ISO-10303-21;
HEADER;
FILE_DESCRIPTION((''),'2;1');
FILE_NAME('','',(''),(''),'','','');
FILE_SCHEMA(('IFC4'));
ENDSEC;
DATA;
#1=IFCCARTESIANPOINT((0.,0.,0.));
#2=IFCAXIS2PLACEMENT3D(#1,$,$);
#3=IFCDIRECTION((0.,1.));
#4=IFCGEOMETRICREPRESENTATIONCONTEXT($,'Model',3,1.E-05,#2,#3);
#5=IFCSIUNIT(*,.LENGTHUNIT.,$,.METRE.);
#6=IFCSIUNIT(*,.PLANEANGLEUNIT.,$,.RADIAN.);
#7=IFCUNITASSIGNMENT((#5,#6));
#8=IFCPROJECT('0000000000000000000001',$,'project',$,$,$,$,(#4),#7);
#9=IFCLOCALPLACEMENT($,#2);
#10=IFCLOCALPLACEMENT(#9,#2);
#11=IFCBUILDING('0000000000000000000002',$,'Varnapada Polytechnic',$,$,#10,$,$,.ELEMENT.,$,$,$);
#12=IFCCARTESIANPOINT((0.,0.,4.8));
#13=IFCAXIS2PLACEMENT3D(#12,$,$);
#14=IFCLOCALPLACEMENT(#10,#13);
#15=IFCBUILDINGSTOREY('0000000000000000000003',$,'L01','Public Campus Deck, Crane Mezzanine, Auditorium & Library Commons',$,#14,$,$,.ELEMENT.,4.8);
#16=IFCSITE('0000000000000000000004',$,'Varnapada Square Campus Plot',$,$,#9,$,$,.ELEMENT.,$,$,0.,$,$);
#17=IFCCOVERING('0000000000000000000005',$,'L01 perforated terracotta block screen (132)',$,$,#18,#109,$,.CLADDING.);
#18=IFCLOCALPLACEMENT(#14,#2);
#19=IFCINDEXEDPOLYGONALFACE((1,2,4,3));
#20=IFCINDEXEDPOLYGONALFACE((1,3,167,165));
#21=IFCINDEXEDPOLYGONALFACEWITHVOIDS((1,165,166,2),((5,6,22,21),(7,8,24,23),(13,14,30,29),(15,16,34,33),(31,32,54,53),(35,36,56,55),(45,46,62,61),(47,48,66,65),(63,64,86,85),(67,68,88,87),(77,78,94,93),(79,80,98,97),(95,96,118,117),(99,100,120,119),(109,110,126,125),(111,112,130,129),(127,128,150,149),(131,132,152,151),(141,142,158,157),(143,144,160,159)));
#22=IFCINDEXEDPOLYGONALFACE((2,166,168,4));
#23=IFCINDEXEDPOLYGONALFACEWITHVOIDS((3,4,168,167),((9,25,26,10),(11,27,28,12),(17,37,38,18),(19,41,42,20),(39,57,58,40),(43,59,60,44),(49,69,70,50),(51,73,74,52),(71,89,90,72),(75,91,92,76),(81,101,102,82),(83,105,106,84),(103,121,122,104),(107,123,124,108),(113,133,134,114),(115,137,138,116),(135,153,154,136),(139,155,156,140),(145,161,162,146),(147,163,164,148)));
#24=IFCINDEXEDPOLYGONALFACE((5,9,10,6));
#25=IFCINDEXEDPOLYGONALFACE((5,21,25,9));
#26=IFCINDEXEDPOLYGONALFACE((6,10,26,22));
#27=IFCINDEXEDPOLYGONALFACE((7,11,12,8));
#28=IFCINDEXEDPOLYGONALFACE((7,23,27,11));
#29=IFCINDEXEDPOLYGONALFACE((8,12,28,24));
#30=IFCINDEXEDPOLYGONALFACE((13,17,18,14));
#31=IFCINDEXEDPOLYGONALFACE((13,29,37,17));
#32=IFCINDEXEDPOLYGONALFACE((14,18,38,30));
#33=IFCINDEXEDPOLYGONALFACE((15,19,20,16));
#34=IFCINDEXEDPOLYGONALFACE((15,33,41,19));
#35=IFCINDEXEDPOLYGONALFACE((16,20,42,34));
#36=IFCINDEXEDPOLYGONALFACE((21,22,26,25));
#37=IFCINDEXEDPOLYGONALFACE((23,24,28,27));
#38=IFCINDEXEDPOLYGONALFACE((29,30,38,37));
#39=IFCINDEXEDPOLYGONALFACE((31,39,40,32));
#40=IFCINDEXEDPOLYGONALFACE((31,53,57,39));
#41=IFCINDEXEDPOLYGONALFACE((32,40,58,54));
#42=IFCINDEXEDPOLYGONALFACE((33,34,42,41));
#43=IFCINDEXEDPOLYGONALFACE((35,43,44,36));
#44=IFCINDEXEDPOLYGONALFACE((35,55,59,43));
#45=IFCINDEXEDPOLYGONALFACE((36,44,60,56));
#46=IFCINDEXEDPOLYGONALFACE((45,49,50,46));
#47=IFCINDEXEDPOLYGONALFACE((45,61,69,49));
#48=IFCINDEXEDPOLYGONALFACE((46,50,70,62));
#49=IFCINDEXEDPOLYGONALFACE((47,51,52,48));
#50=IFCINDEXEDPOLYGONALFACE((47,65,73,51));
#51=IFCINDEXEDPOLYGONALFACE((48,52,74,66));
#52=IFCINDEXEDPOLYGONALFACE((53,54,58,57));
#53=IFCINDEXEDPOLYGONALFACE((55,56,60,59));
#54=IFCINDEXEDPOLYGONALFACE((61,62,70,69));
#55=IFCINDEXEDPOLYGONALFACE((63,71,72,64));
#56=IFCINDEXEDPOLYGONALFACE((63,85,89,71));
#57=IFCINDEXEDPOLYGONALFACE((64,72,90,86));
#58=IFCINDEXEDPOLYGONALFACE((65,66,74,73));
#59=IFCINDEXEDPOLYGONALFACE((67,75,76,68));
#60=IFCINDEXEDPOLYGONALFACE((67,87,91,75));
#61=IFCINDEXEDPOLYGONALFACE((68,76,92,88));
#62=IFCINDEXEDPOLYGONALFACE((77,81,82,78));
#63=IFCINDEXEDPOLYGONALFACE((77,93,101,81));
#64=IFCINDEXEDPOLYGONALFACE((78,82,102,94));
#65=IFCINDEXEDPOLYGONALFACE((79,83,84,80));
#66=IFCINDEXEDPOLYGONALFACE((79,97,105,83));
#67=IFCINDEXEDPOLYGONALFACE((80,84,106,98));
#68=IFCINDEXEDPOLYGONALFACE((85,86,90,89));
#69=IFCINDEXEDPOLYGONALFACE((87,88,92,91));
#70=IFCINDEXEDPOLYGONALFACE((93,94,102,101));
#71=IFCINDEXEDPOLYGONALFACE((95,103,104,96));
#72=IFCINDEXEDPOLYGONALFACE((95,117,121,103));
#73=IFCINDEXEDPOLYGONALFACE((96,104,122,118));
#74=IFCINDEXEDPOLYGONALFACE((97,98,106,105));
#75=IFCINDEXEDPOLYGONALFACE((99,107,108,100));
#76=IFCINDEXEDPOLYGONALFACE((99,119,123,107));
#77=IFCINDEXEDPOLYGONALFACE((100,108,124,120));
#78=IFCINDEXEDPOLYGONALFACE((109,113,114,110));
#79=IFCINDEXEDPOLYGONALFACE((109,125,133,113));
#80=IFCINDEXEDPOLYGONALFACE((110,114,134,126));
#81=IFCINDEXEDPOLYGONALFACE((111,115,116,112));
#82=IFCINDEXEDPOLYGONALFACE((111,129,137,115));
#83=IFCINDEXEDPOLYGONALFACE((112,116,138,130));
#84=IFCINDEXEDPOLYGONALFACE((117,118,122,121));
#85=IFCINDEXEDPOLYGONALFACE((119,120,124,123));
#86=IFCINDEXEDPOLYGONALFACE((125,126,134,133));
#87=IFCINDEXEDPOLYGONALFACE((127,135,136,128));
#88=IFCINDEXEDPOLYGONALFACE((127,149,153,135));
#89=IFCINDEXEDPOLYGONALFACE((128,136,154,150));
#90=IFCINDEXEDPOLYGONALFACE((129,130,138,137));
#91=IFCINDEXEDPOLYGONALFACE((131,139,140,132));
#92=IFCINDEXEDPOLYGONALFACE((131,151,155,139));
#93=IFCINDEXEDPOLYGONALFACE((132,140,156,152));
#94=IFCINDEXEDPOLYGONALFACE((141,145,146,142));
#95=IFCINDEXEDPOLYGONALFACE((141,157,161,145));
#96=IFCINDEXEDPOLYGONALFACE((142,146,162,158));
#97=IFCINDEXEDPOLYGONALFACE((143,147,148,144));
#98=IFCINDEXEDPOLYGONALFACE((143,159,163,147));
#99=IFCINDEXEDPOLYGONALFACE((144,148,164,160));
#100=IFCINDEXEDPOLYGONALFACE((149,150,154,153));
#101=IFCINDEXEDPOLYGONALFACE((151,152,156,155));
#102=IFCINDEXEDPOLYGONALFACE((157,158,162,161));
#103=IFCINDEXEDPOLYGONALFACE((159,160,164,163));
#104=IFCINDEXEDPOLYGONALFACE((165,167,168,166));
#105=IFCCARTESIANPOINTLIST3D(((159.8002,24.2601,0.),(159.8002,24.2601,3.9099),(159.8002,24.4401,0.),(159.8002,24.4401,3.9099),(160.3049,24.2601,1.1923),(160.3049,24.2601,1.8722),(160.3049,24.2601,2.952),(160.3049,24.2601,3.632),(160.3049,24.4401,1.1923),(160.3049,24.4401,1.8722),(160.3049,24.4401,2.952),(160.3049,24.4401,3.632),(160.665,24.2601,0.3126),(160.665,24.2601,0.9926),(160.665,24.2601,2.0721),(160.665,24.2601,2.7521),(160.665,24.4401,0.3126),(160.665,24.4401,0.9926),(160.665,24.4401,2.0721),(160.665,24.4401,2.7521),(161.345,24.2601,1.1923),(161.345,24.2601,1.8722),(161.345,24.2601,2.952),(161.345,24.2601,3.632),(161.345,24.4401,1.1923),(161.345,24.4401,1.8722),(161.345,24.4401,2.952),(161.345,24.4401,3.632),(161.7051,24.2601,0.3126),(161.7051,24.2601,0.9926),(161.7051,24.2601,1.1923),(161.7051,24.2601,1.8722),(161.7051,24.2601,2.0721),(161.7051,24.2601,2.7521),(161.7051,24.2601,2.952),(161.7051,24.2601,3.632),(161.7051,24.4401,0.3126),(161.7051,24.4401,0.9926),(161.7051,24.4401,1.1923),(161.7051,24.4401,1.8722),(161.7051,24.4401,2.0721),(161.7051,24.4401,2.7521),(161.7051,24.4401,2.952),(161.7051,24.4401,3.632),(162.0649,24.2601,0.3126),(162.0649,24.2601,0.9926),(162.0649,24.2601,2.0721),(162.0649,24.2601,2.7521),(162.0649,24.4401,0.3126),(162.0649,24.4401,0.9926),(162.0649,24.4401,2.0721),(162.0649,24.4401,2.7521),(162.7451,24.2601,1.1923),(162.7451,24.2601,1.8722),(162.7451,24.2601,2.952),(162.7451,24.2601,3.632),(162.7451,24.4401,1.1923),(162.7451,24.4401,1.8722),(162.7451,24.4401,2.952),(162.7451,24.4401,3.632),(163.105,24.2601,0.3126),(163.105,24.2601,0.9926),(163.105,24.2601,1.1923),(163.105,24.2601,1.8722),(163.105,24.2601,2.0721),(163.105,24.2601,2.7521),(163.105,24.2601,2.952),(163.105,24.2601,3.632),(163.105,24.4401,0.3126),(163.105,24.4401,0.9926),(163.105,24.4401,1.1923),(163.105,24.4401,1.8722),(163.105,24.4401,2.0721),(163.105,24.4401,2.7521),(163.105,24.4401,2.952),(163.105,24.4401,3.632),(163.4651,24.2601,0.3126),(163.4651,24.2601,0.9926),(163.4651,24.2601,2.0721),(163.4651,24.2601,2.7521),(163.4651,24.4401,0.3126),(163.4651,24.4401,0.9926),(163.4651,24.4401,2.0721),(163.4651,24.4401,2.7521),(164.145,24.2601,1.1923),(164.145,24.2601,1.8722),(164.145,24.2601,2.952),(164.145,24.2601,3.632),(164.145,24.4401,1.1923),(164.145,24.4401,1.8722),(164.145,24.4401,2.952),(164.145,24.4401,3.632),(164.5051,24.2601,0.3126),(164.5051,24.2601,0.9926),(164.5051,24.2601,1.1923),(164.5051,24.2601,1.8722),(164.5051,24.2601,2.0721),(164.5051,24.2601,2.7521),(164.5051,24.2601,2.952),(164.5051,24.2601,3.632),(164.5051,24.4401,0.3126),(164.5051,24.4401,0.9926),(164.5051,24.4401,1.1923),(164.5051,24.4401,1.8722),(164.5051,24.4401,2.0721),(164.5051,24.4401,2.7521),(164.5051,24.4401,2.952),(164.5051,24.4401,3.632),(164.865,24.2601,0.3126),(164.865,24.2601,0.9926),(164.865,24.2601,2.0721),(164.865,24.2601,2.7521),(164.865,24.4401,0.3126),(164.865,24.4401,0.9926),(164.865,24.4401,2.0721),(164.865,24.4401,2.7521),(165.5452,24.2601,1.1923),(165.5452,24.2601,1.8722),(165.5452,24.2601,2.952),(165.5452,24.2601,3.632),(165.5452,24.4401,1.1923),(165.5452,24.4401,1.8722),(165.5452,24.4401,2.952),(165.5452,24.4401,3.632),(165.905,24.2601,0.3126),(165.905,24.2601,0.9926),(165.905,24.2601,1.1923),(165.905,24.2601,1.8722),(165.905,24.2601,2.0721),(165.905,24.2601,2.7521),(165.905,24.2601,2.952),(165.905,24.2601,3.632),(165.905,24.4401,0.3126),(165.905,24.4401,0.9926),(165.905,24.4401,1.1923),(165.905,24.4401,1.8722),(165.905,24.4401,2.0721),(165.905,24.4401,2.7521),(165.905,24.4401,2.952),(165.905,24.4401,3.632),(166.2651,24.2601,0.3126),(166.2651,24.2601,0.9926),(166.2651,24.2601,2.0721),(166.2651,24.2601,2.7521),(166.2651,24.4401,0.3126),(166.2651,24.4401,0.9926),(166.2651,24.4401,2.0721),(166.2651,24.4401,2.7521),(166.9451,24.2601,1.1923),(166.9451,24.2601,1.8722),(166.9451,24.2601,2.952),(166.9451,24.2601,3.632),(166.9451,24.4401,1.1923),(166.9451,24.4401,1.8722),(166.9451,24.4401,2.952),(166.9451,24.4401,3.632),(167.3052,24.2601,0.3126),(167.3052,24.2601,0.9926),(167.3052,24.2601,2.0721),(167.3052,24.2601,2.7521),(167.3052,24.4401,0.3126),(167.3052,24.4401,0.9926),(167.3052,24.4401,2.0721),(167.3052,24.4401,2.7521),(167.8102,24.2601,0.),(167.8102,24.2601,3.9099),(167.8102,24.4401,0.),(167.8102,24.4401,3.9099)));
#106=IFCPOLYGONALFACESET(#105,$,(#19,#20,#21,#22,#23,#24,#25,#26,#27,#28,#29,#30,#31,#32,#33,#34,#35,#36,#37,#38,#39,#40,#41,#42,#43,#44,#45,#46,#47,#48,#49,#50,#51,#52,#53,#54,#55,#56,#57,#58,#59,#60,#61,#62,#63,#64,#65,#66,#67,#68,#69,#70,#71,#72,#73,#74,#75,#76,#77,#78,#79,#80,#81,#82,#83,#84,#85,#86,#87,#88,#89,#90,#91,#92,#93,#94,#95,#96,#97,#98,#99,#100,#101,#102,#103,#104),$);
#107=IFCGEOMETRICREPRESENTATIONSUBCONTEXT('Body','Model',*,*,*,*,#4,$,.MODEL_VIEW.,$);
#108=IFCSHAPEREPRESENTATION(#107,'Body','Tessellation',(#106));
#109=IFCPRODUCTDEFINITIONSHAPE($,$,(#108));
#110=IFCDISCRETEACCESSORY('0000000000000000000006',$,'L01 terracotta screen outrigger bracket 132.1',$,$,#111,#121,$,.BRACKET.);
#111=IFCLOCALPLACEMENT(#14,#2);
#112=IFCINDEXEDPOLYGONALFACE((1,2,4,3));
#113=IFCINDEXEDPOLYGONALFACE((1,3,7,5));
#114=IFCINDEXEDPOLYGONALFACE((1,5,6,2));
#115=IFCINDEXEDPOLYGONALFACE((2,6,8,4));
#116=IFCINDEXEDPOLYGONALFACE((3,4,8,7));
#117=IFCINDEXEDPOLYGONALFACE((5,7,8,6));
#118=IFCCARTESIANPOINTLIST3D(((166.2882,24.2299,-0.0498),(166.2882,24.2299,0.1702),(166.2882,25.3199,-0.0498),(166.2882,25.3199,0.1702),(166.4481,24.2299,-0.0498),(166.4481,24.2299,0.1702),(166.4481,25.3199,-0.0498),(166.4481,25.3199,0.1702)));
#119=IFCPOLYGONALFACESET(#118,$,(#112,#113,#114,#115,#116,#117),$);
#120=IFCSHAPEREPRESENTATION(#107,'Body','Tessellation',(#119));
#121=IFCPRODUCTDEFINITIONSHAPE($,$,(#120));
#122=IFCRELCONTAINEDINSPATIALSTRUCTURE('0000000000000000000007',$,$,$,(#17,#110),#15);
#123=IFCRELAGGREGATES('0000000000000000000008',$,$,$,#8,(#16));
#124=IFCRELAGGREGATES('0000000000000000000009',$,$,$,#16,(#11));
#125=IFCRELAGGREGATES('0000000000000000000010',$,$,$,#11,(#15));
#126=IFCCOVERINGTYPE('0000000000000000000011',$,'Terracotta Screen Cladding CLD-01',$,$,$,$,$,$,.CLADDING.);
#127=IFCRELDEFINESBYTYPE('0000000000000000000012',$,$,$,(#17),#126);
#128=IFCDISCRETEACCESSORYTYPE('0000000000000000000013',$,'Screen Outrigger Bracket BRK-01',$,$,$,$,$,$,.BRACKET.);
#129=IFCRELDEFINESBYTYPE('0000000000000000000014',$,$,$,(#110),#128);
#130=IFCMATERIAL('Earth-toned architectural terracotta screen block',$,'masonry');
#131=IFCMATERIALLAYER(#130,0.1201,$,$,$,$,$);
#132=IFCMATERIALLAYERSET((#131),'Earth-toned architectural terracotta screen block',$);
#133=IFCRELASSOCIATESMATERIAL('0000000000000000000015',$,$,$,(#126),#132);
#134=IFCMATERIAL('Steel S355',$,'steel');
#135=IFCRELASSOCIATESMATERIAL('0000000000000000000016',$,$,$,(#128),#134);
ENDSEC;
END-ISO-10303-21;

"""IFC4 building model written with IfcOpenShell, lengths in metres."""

from ifc_helpers import new_model, si_unit, direction, frame, frame_2d, origin, origin_2d, place, context, subcontext, project, spatial, rectangle, extrude, material, layer, layer_set, type_object, element, save


model = new_model("IFC4")

# Units and contexts
model_context = context("Model", 3, precision=1e-05, world=origin(), true_north=direction((0.0, 1.0)))
body_context = subcontext(model_context, "Body", "Model", "MODEL_VIEW")
ifc_project = project(units=[si_unit("LENGTHUNIT", "METRE"), si_unit("PLANEANGLEUNIT", "RADIAN")], contexts=[model_context])

# Site, building, storey
site_placement = place(None, origin())
site = spatial("IfcSite", under=ifc_project, at=site_placement, Name="Varnapada Square Campus Plot", CompositionType="ELEMENT", RefElevation=0.0)
building_placement = place(site_placement, origin())
building = spatial("IfcBuilding", under=site, at=building_placement, Name="Varnapada Polytechnic", CompositionType="ELEMENT")
storey_placement = place(building_placement, frame((0.0, 0.0, 4.8)))
storey = spatial("IfcBuildingStorey", under=building, at=storey_placement, Name="L01", Description="Public Campus Deck, Crane Mezzanine, Auditorium & Library Commons", CompositionType="ELEMENT", Elevation=4.8)

# Covering, openings
ifc_material_1 = material(Name="Earth-toned architectural terracotta screen block", Category="masonry")
ifc_layer_1 = layer(ifc_material_1, 0.1201)
ifc_layer_set_1 = layer_set([ifc_layer_1], Name="Earth-toned architectural terracotta screen block")
covering_type = type_object("IfcCoveringType", Name="Terracotta Screen Cladding CLD-01", PredefinedType="CLADDING", material=ifc_layer_set_1)
covering_placement = place(storey_placement, frame((167.8101, 24.3501, 0.0), z_axis=(0.0, 0.0, 1.0), x_axis=(-1.0, 0.0, 0.0)))
covering = element("IfcCovering", 1, at=covering_placement, inside=storey, type_object=covering_type, Name="L01 perforated terracotta block screen (132)", PredefinedType="CLADDING", context=body_context, shape_type="SweptSolid", body=[
    extrude(rectangle(XDim=8.01, YDim=0.1799, at=frame_2d((4.0049, 0.0))), origin(), (0.0, 0.0, 1.0), 3.9099),
])
opening_1_placement = place(covering_placement, frame((0.5049, 0.0, 0.3127)))
element("IfcOpeningElement", 2, at=opening_1_placement, cuts=covering, PredefinedType="OPENING", context=body_context, shape_type="SweptSolid", body=[
    extrude(rectangle(XDim=1.04, YDim=0.6799, at=frame_2d((0.52, 0.3398))), frame((0.0, 0.0999, 0.0), z_axis=(0.0, -1.0, 0.0), x_axis=(1.0, 0.0, 0.0)), (0.0, 0.0, 1.0), 0.2),
])
opening_2_placement = place(covering_placement, frame((1.905, 0.0, 0.3127)))
element("IfcOpeningElement", 3, at=opening_2_placement, cuts=covering, PredefinedType="OPENING", context=body_context, shape_type="SweptSolid", body=[
    extrude(rectangle(XDim=1.04, YDim=0.6799, at=frame_2d((0.52, 0.3398))), frame((0.0, 0.0999, 0.0), z_axis=(0.0, -1.0, 0.0), x_axis=(1.0, 0.0, 0.0)), (0.0, 0.0, 1.0), 0.2),
])
opening_3_placement = place(covering_placement, frame((3.3049, 0.0, 0.3127)))
element("IfcOpeningElement", 4, at=opening_3_placement, cuts=covering, PredefinedType="OPENING", context=body_context, shape_type="SweptSolid", body=[
    extrude(rectangle(XDim=1.04, YDim=0.6799, at=frame_2d((0.52, 0.3398))), frame((0.0, 0.0999, 0.0), z_axis=(0.0, -1.0, 0.0), x_axis=(1.0, 0.0, 0.0)), (0.0, 0.0, 1.0), 0.2),
])
opening_4_placement = place(covering_placement, frame((4.7051, 0.0, 0.3127)))
element("IfcOpeningElement", 5, at=opening_4_placement, cuts=covering, PredefinedType="OPENING", context=body_context, shape_type="SweptSolid", body=[
    extrude(rectangle(XDim=1.04, YDim=0.6799, at=frame_2d((0.52, 0.3398))), frame((0.0, 0.0999, 0.0), z_axis=(0.0, -1.0, 0.0), x_axis=(1.0, 0.0, 0.0)), (0.0, 0.0, 1.0), 0.2),
])
opening_5_placement = place(covering_placement, frame((6.105, 0.0, 0.3127)))
element("IfcOpeningElement", 6, at=opening_5_placement, cuts=covering, PredefinedType="OPENING", context=body_context, shape_type="SweptSolid", body=[
    extrude(rectangle(XDim=1.04, YDim=0.6799, at=frame_2d((0.52, 0.3398))), frame((0.0, 0.0999, 0.0), z_axis=(0.0, -1.0, 0.0), x_axis=(1.0, 0.0, 0.0)), (0.0, 0.0, 1.0), 0.2),
])
opening_6_placement = place(covering_placement, frame((0.865, 0.0, 1.1924)))
element("IfcOpeningElement", 7, at=opening_6_placement, cuts=covering, PredefinedType="OPENING", context=body_context, shape_type="SweptSolid", body=[
    extrude(rectangle(XDim=1.04, YDim=0.6799, at=frame_2d((0.52, 0.3398))), frame((0.0, 0.0999, 0.0), z_axis=(0.0, -1.0, 0.0), x_axis=(1.0, 0.0, 0.0)), (0.0, 0.0, 1.0), 0.2),
])
opening_7_placement = place(covering_placement, frame((2.2649, 0.0, 1.1924)))
element("IfcOpeningElement", 8, at=opening_7_placement, cuts=covering, PredefinedType="OPENING", context=body_context, shape_type="SweptSolid", body=[
    extrude(rectangle(XDim=1.04, YDim=0.6799, at=frame_2d((0.52, 0.3398))), frame((0.0, 0.0999, 0.0), z_axis=(0.0, -1.0, 0.0), x_axis=(1.0, 0.0, 0.0)), (0.0, 0.0, 1.0), 0.2),
])
opening_8_placement = place(covering_placement, frame((3.665, 0.0, 1.1924)))
element("IfcOpeningElement", 9, at=opening_8_placement, cuts=covering, PredefinedType="OPENING", context=body_context, shape_type="SweptSolid", body=[
    extrude(rectangle(XDim=1.04, YDim=0.6799, at=frame_2d((0.52, 0.3398))), frame((0.0, 0.0999, 0.0), z_axis=(0.0, -1.0, 0.0), x_axis=(1.0, 0.0, 0.0)), (0.0, 0.0, 1.0), 0.2),
])
opening_9_placement = place(covering_placement, frame((5.0649, 0.0, 1.1924)))
element("IfcOpeningElement", 10, at=opening_9_placement, cuts=covering, PredefinedType="OPENING", context=body_context, shape_type="SweptSolid", body=[
    extrude(rectangle(XDim=1.04, YDim=0.6799, at=frame_2d((0.52, 0.3398))), frame((0.0, 0.0999, 0.0), z_axis=(0.0, -1.0, 0.0), x_axis=(1.0, 0.0, 0.0)), (0.0, 0.0, 1.0), 0.2),
])
opening_10_placement = place(covering_placement, frame((6.4651, 0.0, 1.1924)))
element("IfcOpeningElement", 11, at=opening_10_placement, cuts=covering, PredefinedType="OPENING", context=body_context, shape_type="SweptSolid", body=[
    extrude(rectangle(XDim=1.04, YDim=0.6799, at=frame_2d((0.52, 0.3398))), frame((0.0, 0.0999, 0.0), z_axis=(0.0, -1.0, 0.0), x_axis=(1.0, 0.0, 0.0)), (0.0, 0.0, 1.0), 0.2),
])
opening_11_placement = place(covering_placement, frame((0.5049, 0.0, 2.0723)))
element("IfcOpeningElement", 12, at=opening_11_placement, cuts=covering, PredefinedType="OPENING", context=body_context, shape_type="SweptSolid", body=[
    extrude(rectangle(XDim=1.04, YDim=0.6799, at=frame_2d((0.52, 0.3398))), frame((0.0, 0.0999, 0.0), z_axis=(0.0, -1.0, 0.0), x_axis=(1.0, 0.0, 0.0)), (0.0, 0.0, 1.0), 0.2),
])
opening_12_placement = place(covering_placement, frame((1.905, 0.0, 2.0723)))
element("IfcOpeningElement", 13, at=opening_12_placement, cuts=covering, PredefinedType="OPENING", context=body_context, shape_type="SweptSolid", body=[
    extrude(rectangle(XDim=1.04, YDim=0.6799, at=frame_2d((0.52, 0.3398))), frame((0.0, 0.0999, 0.0), z_axis=(0.0, -1.0, 0.0), x_axis=(1.0, 0.0, 0.0)), (0.0, 0.0, 1.0), 0.2),
])
opening_13_placement = place(covering_placement, frame((3.3049, 0.0, 2.0723)))
element("IfcOpeningElement", 14, at=opening_13_placement, cuts=covering, PredefinedType="OPENING", context=body_context, shape_type="SweptSolid", body=[
    extrude(rectangle(XDim=1.04, YDim=0.6799, at=frame_2d((0.52, 0.3398))), frame((0.0, 0.0999, 0.0), z_axis=(0.0, -1.0, 0.0), x_axis=(1.0, 0.0, 0.0)), (0.0, 0.0, 1.0), 0.2),
])
opening_14_placement = place(covering_placement, frame((4.7051, 0.0, 2.0723)))
element("IfcOpeningElement", 15, at=opening_14_placement, cuts=covering, PredefinedType="OPENING", context=body_context, shape_type="SweptSolid", body=[
    extrude(rectangle(XDim=1.04, YDim=0.6799, at=frame_2d((0.52, 0.3398))), frame((0.0, 0.0999, 0.0), z_axis=(0.0, -1.0, 0.0), x_axis=(1.0, 0.0, 0.0)), (0.0, 0.0, 1.0), 0.2),
])
opening_15_placement = place(covering_placement, frame((6.105, 0.0, 2.0723)))
element("IfcOpeningElement", 16, at=opening_15_placement, cuts=covering, PredefinedType="OPENING", context=body_context, shape_type="SweptSolid", body=[
    extrude(rectangle(XDim=1.04, YDim=0.6799, at=frame_2d((0.52, 0.3398))), frame((0.0, 0.0999, 0.0), z_axis=(0.0, -1.0, 0.0), x_axis=(1.0, 0.0, 0.0)), (0.0, 0.0, 1.0), 0.2),
])
opening_16_placement = place(covering_placement, frame((0.865, 0.0, 2.9521)))
element("IfcOpeningElement", 17, at=opening_16_placement, cuts=covering, PredefinedType="OPENING", context=body_context, shape_type="SweptSolid", body=[
    extrude(rectangle(XDim=1.04, YDim=0.6799, at=frame_2d((0.52, 0.3398))), frame((0.0, 0.0999, 0.0), z_axis=(0.0, -1.0, 0.0), x_axis=(1.0, 0.0, 0.0)), (0.0, 0.0, 1.0), 0.2),
])
opening_17_placement = place(covering_placement, frame((2.2649, 0.0, 2.9521)))
element("IfcOpeningElement", 18, at=opening_17_placement, cuts=covering, PredefinedType="OPENING", context=body_context, shape_type="SweptSolid", body=[
    extrude(rectangle(XDim=1.04, YDim=0.6799, at=frame_2d((0.52, 0.3398))), frame((0.0, 0.0999, 0.0), z_axis=(0.0, -1.0, 0.0), x_axis=(1.0, 0.0, 0.0)), (0.0, 0.0, 1.0), 0.2),
])
opening_18_placement = place(covering_placement, frame((3.665, 0.0, 2.9521)))
element("IfcOpeningElement", 19, at=opening_18_placement, cuts=covering, PredefinedType="OPENING", context=body_context, shape_type="SweptSolid", body=[
    extrude(rectangle(XDim=1.04, YDim=0.6799, at=frame_2d((0.52, 0.3398))), frame((0.0, 0.0999, 0.0), z_axis=(0.0, -1.0, 0.0), x_axis=(1.0, 0.0, 0.0)), (0.0, 0.0, 1.0), 0.2),
])
opening_19_placement = place(covering_placement, frame((5.0649, 0.0, 2.9521)))
element("IfcOpeningElement", 20, at=opening_19_placement, cuts=covering, PredefinedType="OPENING", context=body_context, shape_type="SweptSolid", body=[
    extrude(rectangle(XDim=1.04, YDim=0.6799, at=frame_2d((0.52, 0.3398))), frame((0.0, 0.0999, 0.0), z_axis=(0.0, -1.0, 0.0), x_axis=(1.0, 0.0, 0.0)), (0.0, 0.0, 1.0), 0.2),
])
opening_20_placement = place(covering_placement, frame((6.4651, 0.0, 2.9521)))
element("IfcOpeningElement", 21, at=opening_20_placement, cuts=covering, PredefinedType="OPENING", context=body_context, shape_type="SweptSolid", body=[
    extrude(rectangle(XDim=1.04, YDim=0.6799, at=frame_2d((0.52, 0.3398))), frame((0.0, 0.0999, 0.0), z_axis=(0.0, -1.0, 0.0), x_axis=(1.0, 0.0, 0.0)), (0.0, 0.0, 1.0), 0.2),
])

# Discrete accessory
ifc_material_2 = material(Name="Steel S355", Category="steel")
discrete_accessory_type = type_object("IfcDiscreteAccessoryType", Name="Screen Outrigger Bracket BRK-01", PredefinedType="BRACKET", material=ifc_material_2)
for number, where, z_axis, x_axis, name in (
    (22, (166.3682, 24.7749, -0.0498), (0.0, 0.0, 1.0), (-1.0, 0.0, 0.0), "L01 terracotta screen outrigger bracket 132.1"),
):
    element("IfcDiscreteAccessory", number, at=place(storey_placement, frame(where, z_axis=z_axis, x_axis=x_axis)), inside=storey, type_object=discrete_accessory_type, Name=name, PredefinedType="BRACKET", context=body_context, shape_type="SweptSolid", body=[
        extrude(rectangle(XDim=0.1599, YDim=1.0901, at=origin_2d()), origin(), (0.0, 0.0, 1.0), 0.22),
    ])

save(model, "model.ifc")
